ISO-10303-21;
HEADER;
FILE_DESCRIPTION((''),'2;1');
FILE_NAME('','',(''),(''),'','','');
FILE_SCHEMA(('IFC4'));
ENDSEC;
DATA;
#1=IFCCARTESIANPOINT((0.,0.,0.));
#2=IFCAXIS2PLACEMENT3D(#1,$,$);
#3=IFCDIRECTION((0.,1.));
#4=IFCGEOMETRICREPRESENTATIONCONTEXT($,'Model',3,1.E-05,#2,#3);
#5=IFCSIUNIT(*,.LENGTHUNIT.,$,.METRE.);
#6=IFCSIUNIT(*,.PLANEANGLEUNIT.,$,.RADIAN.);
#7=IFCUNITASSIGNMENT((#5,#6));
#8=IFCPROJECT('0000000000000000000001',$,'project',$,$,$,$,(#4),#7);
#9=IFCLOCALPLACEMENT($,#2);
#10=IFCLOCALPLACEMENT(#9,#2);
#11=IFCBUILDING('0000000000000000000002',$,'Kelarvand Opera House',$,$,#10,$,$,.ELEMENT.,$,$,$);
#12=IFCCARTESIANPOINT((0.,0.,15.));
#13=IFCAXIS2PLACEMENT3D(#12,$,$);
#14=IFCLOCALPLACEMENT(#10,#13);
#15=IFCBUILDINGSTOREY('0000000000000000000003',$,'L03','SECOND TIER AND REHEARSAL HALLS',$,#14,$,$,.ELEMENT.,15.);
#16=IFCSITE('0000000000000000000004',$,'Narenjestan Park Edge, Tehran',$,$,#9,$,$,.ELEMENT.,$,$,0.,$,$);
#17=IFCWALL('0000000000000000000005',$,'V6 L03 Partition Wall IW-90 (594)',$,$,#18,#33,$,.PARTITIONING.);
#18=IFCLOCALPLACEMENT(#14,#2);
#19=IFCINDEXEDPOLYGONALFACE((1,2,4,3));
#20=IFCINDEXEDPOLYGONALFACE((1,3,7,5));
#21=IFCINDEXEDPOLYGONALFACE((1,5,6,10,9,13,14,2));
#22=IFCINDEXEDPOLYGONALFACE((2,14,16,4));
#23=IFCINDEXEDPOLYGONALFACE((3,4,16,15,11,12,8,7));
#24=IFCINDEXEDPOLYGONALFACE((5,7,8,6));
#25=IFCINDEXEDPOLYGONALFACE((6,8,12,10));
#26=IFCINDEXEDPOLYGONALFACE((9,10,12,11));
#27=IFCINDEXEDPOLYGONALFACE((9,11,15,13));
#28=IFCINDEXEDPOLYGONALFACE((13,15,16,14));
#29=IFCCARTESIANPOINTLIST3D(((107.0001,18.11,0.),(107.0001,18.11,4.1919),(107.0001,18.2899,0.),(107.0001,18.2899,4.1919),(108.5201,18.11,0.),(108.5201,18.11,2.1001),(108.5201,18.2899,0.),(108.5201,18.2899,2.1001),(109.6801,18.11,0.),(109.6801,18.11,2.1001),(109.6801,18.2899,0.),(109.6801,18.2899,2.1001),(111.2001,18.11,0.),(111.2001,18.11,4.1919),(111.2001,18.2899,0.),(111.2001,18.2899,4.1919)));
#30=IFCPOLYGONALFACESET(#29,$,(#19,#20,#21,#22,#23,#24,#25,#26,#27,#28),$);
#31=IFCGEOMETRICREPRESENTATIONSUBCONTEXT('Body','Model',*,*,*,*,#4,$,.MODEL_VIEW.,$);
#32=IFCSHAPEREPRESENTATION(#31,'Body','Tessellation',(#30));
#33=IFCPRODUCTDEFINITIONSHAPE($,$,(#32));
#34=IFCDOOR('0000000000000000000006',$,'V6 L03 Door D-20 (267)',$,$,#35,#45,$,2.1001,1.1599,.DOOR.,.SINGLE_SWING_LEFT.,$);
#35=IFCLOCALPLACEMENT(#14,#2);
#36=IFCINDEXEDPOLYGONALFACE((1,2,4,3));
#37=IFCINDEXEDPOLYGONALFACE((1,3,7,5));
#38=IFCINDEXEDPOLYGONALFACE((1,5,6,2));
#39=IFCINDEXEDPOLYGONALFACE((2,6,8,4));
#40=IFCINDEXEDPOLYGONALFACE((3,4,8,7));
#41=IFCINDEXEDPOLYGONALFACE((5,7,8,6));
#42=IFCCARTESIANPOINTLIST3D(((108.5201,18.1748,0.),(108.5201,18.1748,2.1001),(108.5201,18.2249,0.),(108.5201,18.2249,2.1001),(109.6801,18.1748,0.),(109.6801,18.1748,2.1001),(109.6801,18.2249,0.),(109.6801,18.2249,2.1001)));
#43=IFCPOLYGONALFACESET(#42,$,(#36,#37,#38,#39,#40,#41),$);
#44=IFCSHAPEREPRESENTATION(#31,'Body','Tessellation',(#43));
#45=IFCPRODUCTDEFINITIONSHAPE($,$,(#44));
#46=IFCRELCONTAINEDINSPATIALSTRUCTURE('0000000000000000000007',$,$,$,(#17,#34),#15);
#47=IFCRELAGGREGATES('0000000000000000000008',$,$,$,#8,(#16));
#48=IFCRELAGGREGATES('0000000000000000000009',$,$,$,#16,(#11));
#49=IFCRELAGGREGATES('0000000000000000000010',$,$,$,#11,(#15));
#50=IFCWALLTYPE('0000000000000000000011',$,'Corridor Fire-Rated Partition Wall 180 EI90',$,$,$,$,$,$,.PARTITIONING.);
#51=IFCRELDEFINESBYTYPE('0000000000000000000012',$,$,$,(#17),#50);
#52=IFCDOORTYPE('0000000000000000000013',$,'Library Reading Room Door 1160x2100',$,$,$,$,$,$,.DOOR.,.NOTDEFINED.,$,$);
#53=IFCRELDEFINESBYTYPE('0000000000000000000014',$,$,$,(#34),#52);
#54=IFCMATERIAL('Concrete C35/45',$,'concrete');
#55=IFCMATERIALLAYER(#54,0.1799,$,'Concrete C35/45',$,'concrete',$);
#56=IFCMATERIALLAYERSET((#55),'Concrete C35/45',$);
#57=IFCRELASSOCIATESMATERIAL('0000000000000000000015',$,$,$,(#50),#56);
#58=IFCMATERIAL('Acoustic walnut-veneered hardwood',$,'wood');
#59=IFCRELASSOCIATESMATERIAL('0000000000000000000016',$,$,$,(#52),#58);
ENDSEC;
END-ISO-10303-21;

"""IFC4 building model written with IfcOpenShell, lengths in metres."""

from ifc_helpers import new_model, si_unit, direction, frame, frame_2d, origin, place, context, subcontext, project, spatial, rectangle, extrude, material, layer, layer_set, type_object, element, fill, save


model = new_model("IFC4")

# Units and contexts
model_context = context("Model", 3, precision=1e-05, world=origin(), true_north=direction((0.0, 1.0)))
body_context = subcontext(model_context, "Body", "Model", "MODEL_VIEW")
ifc_project = project(units=[si_unit("LENGTHUNIT", "METRE"), si_unit("PLANEANGLEUNIT", "RADIAN")], contexts=[model_context])

# Site, building, storey
site_placement = place(None, origin())
site = spatial("IfcSite", under=ifc_project, at=site_placement, Name="Narenjestan Park Edge, Tehran", CompositionType="ELEMENT", RefElevation=0.0)
building_placement = place(site_placement, origin())
building = spatial("IfcBuilding", under=site, at=building_placement, Name="Kelarvand Opera House", CompositionType="ELEMENT")
storey_placement = place(building_placement, frame((0.0, 0.0, 15.0)))
storey = spatial("IfcBuildingStorey", under=building, at=storey_placement, Name="L03", Description="SECOND TIER AND REHEARSAL HALLS", CompositionType="ELEMENT", Elevation=15.0)

# Wall, opening, door
ifc_material_1 = material(Name="Concrete C35/45", Category="concrete")
ifc_layer = layer(ifc_material_1, 0.1799, Name="Concrete C35/45", Category="concrete")
ifc_layer_set = layer_set([ifc_layer], Name="Concrete C35/45")
wall_type = type_object("IfcWallType", Name="Corridor Fire-Rated Partition Wall 180 EI90", PredefinedType="PARTITIONING", material=ifc_layer_set)
wall_placement = place(storey_placement, frame((107.0, 18.2, 0.0), z_axis=(0.0, 0.0, 1.0), x_axis=(1.0, 0.0, 0.0)))
wall = element("IfcWall", 1, at=wall_placement, inside=storey, type_object=wall_type, Name="V6 L03 Partition Wall IW-90 (594)", PredefinedType="PARTITIONING", context=body_context, shape_type="SweptSolid", body=[
    extrude(rectangle(XDim=4.2, YDim=0.1799, at=frame_2d((2.1001, 0.0))), origin(), (0.0, 0.0, 1.0), 4.1919),
])
opening_placement = place(wall_placement, frame((1.52, 0.0, 0.0)))
opening = element("IfcOpeningElement", 2, at=opening_placement, cuts=wall, PredefinedType="OPENING", context=body_context, shape_type="SweptSolid", body=[
    extrude(rectangle(XDim=1.1599, YDim=2.1001, at=frame_2d((0.5801, 1.05))), frame((0.0, 0.1001, 0.0), z_axis=(0.0, -1.0, 0.0), x_axis=(1.0, 0.0, 0.0)), (0.0, 0.0, 1.0), 0.2),
])
ifc_material_2 = material(Name="Acoustic walnut-veneered hardwood", Category="wood")
door_type = type_object("IfcDoorType", Name="Library Reading Room Door 1160x2100", OperationType="NOTDEFINED", PredefinedType="DOOR", material=ifc_material_2)
door_placement = place(opening_placement, origin())
door = element("IfcDoor", 3, at=door_placement, inside=storey, type_object=door_type, Name="V6 L03 Door D-20 (267)", OperationType="SINGLE_SWING_LEFT", OverallHeight=2.1001, OverallWidth=1.1599, PredefinedType="DOOR", context=body_context, shape_type="SweptSolid", body=[
    extrude(rectangle(XDim=1.1599, YDim=2.1001, at=frame_2d((0.5801, 1.05))), frame((0.0, 0.0249, 0.0), z_axis=(0.0, -1.0, 0.0), x_axis=(1.0, 0.0, 0.0)), (0.0, 0.0, 1.0), 0.05),
])
fill(opening, door)

save(model, "model.ifc")
